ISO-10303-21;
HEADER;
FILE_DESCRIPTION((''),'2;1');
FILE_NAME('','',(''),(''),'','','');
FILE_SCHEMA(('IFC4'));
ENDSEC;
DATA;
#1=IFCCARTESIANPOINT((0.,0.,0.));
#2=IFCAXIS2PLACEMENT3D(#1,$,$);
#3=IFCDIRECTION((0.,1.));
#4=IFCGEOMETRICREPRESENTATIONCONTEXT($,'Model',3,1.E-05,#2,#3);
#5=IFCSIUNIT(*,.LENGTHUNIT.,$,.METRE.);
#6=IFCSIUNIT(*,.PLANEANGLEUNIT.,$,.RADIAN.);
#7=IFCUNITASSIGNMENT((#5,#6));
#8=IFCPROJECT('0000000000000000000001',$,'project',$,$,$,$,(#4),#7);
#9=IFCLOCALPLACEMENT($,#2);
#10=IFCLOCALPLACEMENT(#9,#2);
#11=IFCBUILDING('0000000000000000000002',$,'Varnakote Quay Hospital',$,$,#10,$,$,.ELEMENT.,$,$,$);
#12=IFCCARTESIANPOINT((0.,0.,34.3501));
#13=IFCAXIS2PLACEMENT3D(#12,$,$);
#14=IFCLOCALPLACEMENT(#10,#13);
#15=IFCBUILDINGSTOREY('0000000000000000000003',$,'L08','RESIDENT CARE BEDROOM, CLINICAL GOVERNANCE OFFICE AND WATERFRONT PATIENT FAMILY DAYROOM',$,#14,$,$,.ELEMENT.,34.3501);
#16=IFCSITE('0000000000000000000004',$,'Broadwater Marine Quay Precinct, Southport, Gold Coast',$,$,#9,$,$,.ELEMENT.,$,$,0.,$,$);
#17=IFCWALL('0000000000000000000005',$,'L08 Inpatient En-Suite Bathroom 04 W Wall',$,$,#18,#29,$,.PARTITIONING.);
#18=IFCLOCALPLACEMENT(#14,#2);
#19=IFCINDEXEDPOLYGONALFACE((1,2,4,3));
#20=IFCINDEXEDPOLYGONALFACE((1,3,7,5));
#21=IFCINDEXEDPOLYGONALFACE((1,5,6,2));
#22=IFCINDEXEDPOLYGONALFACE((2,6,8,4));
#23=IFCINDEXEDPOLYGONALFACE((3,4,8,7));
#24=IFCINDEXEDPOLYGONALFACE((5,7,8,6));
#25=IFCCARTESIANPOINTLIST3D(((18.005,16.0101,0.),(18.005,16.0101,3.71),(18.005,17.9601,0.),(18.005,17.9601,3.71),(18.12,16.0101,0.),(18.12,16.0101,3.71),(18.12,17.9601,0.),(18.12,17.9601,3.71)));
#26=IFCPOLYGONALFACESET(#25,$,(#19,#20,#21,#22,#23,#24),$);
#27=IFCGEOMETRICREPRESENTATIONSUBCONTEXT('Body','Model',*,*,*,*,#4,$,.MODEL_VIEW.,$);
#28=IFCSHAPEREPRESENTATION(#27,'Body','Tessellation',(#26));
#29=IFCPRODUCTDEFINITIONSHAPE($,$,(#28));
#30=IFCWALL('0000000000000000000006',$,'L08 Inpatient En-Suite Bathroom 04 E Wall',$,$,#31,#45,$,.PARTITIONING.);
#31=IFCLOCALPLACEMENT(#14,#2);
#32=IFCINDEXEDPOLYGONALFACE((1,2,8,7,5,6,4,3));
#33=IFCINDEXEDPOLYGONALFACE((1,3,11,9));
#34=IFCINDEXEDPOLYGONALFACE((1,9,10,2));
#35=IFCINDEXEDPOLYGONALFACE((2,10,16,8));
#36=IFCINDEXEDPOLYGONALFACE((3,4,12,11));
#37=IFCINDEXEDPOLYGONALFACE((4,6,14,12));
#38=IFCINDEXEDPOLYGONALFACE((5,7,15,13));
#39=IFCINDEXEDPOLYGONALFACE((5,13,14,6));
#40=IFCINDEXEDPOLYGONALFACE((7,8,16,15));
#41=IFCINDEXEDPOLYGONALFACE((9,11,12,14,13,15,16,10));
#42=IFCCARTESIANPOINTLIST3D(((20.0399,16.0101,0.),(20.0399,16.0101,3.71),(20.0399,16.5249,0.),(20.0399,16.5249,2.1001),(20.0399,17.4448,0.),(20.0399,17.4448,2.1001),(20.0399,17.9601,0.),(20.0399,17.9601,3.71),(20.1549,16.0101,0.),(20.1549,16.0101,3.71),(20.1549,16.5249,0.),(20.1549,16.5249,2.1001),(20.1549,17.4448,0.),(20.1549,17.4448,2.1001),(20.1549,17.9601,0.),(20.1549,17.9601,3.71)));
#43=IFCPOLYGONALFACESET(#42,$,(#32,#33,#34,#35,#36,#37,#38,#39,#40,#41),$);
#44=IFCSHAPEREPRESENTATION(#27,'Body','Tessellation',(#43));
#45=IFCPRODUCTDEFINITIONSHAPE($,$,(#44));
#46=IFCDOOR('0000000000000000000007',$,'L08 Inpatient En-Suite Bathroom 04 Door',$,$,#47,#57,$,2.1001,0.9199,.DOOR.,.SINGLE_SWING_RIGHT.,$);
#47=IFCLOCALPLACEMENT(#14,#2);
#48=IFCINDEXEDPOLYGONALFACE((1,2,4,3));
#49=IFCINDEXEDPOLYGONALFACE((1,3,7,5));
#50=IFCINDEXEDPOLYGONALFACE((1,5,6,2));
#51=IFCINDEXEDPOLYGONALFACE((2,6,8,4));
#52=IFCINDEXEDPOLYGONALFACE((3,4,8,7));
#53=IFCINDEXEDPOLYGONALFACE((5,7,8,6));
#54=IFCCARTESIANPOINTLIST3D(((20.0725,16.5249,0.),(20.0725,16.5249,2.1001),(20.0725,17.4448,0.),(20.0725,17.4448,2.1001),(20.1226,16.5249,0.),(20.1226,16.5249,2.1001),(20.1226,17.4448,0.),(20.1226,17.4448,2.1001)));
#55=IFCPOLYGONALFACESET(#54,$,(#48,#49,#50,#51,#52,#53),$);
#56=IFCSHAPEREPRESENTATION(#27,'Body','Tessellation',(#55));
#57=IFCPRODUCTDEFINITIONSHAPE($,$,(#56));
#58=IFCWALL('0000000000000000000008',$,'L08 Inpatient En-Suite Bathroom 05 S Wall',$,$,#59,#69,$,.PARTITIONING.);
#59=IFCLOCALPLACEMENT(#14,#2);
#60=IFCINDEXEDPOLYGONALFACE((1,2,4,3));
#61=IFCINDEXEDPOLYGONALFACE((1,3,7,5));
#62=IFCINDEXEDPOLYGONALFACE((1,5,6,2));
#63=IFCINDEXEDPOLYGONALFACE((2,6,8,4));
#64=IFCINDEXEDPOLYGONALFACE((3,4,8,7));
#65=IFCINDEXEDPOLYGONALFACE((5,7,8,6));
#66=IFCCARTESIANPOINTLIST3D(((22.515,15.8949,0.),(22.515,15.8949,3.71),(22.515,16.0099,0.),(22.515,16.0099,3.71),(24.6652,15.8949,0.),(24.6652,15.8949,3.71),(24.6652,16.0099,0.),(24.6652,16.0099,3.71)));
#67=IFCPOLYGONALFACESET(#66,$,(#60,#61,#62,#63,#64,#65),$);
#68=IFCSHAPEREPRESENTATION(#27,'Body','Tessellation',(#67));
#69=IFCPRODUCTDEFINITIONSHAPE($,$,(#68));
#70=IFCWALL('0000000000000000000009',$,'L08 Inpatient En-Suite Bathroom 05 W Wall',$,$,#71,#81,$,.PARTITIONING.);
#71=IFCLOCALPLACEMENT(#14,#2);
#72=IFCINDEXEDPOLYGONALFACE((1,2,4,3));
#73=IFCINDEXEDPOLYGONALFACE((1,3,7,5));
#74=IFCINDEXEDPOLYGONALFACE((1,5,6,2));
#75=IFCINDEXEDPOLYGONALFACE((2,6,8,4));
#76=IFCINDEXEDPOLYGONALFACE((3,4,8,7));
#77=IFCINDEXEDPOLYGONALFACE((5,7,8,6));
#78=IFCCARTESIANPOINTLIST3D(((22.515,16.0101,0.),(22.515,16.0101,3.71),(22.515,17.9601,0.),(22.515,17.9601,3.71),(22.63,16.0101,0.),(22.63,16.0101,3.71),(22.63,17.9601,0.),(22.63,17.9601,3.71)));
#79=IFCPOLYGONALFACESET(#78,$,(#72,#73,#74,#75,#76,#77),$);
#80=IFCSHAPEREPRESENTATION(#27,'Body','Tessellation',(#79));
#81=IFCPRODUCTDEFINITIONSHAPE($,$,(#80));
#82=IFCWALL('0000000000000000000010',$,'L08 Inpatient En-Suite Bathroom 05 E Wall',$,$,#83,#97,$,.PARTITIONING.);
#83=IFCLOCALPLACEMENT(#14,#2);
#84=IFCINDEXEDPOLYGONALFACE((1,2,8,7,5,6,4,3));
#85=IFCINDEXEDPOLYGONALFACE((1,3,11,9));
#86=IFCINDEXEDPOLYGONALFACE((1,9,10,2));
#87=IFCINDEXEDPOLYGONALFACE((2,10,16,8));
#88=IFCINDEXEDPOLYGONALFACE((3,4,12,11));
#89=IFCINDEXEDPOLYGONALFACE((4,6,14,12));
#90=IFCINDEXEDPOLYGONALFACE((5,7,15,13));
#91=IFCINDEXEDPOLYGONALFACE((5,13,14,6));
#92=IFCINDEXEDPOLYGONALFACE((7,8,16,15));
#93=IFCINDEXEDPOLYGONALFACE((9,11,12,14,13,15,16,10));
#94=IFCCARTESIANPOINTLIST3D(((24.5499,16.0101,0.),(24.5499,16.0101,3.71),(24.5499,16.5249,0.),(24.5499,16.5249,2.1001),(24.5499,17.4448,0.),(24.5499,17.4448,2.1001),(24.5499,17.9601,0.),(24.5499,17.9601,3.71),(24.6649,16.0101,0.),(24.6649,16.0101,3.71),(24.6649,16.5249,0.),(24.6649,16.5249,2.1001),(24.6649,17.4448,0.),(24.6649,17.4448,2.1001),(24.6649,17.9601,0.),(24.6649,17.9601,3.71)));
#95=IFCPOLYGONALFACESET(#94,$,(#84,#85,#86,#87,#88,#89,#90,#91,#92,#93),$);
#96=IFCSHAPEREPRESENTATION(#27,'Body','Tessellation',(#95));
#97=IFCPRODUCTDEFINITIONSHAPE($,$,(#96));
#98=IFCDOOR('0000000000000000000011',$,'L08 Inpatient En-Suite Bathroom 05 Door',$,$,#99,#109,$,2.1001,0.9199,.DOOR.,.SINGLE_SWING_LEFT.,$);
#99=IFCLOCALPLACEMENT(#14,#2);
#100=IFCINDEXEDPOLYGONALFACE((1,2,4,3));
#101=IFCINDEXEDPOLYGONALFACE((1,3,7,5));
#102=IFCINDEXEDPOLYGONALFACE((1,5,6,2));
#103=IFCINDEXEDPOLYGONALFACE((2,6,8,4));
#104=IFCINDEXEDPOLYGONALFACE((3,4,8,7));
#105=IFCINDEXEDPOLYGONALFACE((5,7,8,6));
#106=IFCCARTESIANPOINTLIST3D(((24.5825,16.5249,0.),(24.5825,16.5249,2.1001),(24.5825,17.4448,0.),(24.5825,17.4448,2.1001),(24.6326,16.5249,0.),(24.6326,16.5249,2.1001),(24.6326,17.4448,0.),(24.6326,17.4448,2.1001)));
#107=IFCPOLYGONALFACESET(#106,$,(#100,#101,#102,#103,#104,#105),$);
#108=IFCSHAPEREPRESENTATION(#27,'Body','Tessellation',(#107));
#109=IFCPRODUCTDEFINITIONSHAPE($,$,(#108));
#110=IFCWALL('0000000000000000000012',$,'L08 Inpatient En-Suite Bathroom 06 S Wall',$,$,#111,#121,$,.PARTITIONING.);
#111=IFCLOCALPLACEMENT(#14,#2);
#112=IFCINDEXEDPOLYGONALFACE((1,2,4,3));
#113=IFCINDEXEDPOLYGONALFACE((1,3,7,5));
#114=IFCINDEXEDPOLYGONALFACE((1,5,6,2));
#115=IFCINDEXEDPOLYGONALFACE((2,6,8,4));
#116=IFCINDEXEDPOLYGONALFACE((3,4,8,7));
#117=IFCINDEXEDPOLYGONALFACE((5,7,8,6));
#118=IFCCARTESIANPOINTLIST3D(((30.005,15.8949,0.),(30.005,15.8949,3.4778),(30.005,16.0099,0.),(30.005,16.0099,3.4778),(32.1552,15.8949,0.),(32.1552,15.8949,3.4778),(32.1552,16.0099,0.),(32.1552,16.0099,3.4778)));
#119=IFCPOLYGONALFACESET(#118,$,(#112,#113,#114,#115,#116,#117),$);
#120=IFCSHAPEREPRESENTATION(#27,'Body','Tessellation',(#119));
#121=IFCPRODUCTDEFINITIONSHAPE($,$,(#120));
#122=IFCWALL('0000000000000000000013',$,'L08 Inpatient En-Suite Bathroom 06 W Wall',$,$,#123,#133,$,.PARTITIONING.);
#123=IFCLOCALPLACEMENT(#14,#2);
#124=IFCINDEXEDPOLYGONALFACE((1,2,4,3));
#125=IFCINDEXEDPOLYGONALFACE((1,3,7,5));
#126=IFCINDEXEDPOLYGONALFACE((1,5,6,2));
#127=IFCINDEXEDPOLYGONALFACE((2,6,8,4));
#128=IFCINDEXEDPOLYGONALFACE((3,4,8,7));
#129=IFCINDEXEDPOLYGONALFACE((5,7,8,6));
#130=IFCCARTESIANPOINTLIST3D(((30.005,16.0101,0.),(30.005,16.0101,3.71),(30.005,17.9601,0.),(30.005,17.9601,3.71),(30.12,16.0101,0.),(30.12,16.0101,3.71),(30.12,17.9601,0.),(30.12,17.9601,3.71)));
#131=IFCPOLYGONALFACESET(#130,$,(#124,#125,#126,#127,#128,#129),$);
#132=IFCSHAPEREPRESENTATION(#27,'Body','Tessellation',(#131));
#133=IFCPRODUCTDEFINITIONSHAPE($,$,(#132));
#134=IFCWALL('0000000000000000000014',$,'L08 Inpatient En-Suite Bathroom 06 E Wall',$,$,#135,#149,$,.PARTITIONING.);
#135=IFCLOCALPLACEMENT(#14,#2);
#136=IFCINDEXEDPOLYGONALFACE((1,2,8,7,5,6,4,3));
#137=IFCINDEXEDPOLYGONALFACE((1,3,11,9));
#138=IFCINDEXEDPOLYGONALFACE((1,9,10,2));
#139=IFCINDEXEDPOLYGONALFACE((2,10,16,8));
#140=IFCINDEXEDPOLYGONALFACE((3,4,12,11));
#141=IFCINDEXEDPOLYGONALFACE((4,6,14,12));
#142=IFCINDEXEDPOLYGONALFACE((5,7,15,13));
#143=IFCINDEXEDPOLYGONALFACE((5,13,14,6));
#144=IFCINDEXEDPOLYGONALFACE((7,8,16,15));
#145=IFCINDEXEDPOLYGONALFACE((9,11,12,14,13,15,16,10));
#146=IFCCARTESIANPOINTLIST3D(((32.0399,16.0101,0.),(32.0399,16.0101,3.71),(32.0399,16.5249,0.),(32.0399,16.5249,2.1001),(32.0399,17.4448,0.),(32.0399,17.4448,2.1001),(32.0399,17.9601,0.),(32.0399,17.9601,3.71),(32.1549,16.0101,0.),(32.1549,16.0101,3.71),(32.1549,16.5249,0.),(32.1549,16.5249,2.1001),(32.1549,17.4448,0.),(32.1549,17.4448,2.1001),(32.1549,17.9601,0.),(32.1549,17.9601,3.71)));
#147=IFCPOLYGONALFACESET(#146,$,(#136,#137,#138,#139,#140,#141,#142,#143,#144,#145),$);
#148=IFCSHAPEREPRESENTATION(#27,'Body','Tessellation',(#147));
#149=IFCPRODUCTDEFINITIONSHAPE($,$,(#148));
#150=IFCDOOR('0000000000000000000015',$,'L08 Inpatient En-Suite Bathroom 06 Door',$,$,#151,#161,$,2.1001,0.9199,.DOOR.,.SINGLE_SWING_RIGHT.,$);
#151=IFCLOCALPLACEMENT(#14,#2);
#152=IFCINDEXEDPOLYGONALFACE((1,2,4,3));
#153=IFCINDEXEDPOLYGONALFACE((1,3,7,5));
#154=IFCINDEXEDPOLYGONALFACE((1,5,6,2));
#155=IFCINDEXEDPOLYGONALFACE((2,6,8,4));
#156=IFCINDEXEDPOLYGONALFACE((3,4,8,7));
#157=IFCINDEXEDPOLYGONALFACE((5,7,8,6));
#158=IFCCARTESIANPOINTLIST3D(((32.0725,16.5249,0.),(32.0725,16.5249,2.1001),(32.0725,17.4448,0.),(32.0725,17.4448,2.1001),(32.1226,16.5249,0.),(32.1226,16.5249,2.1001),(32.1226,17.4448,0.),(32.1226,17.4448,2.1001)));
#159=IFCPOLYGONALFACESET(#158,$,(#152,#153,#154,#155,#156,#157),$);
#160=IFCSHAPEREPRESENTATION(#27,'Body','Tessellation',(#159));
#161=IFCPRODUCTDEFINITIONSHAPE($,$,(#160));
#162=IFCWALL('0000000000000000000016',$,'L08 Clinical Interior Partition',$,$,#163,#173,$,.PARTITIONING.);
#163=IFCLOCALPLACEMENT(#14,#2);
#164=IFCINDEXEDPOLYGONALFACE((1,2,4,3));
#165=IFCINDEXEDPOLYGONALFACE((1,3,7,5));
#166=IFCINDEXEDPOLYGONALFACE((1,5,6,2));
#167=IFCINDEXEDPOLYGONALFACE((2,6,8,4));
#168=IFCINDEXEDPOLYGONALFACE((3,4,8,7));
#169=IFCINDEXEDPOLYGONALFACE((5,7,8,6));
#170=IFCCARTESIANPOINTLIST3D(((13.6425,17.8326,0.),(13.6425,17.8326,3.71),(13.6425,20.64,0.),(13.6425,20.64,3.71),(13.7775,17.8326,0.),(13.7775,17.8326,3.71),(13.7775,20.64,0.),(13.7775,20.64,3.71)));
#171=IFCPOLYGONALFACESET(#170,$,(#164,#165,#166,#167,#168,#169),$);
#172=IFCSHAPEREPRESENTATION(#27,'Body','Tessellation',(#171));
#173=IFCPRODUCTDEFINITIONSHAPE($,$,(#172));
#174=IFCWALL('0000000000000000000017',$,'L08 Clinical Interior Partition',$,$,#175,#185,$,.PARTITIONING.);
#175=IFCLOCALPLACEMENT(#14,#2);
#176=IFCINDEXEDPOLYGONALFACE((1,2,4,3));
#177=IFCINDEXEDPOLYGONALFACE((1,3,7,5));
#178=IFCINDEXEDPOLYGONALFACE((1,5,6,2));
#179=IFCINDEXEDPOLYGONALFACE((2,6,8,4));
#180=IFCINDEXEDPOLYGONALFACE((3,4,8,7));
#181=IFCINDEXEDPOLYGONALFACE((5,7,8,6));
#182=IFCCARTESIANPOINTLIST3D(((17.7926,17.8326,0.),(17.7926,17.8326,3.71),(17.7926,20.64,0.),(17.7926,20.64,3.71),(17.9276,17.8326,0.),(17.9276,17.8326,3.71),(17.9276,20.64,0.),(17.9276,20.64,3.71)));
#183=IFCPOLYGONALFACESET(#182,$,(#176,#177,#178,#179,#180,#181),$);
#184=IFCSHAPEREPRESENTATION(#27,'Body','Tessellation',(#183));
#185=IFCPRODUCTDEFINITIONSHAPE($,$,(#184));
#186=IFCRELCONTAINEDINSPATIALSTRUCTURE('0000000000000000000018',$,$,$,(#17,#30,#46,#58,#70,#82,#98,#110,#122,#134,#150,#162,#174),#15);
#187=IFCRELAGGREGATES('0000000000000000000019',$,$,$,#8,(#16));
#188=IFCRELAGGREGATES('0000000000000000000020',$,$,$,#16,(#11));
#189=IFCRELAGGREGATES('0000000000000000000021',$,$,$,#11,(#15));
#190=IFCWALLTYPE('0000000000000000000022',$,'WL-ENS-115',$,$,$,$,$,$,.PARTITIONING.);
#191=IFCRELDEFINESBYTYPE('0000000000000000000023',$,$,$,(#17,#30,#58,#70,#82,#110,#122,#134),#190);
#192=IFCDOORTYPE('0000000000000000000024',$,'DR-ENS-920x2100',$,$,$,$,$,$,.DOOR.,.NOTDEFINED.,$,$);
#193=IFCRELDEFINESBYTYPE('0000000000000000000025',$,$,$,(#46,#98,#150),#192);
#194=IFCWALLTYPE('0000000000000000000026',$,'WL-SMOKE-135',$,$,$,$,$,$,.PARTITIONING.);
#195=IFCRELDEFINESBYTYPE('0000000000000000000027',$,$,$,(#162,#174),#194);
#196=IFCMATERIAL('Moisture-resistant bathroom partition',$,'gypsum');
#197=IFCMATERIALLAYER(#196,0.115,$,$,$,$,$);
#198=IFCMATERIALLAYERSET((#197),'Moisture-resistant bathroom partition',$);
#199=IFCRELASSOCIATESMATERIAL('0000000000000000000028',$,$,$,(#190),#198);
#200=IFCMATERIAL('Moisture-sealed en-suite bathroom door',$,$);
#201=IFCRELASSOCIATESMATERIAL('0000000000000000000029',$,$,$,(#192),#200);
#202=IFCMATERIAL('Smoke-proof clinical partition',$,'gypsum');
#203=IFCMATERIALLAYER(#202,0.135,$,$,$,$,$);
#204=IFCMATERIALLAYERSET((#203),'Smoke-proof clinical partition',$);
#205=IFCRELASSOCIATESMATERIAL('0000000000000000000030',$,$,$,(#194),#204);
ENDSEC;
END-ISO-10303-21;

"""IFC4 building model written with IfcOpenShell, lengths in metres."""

from ifc_helpers import new_model, si_unit, direction, frame, frame_2d, origin, place, context, subcontext, project, spatial, rectangle, extrude, material, layer, layer_set, type_object, element, fill, save


model = new_model("IFC4")

# Units and contexts
model_context = context("Model", 3, precision=1e-05, world=origin(), true_north=direction((0.0, 1.0)))
body_context = subcontext(model_context, "Body", "Model", "MODEL_VIEW")
ifc_project = project(units=[si_unit("LENGTHUNIT", "METRE"), si_unit("PLANEANGLEUNIT", "RADIAN")], contexts=[model_context])

# Site, building, storey
site_placement = place(None, origin())
site = spatial("IfcSite", under=ifc_project, at=site_placement, Name="Broadwater Marine Quay Precinct, Southport, Gold Coast", CompositionType="ELEMENT", RefElevation=0.0)
building_placement = place(site_placement, origin())
building = spatial("IfcBuilding", under=site, at=building_placement, Name="Varnakote Quay Hospital", CompositionType="ELEMENT")
storey_placement = place(building_placement, frame((0.0, 0.0, 34.3501)))
storey = spatial("IfcBuildingStorey", under=building, at=storey_placement, Name="L08", Description="RESIDENT CARE BEDROOM, CLINICAL GOVERNANCE OFFICE AND WATERFRONT PATIENT FAMILY DAYROOM", CompositionType="ELEMENT", Elevation=34.3501)

# Shared definitions
ifc_material_1 = material(Name="Moisture-resistant bathroom partition", Category="gypsum")
ifc_layer_1 = layer(ifc_material_1, 0.115)
ifc_layer_set_1 = layer_set([ifc_layer_1], Name="Moisture-resistant bathroom partition")
wall_type_1 = type_object("IfcWallType", Name="WL-ENS-115", PredefinedType="PARTITIONING", material=ifc_layer_set_1)

# Shared definitions
ifc_material_2 = material(Name="Moisture-sealed en-suite bathroom door")
door_type_1 = type_object("IfcDoorType", Name="DR-ENS-920x2100", OperationType="NOTDEFINED", PredefinedType="DOOR", material=ifc_material_2)

# Wall
wall_1_placement = place(storey_placement, frame((18.0625, 16.01, 0.0), z_axis=(0.0, 0.0, 1.0), x_axis=(0.0, 1.0, 0.0)))
element("IfcWall", 1, at=wall_1_placement, inside=storey, type_object=wall_type_1, Name="L08 Inpatient En-Suite Bathroom 04 W Wall", PredefinedType="PARTITIONING", context=body_context, shape_type="SweptSolid", body=[
    extrude(rectangle(XDim=1.95, YDim=0.115, at=frame_2d((0.9751, 0.0))), origin(), (0.0, 0.0, 1.0), 3.71),
])

# Wall, opening, door
wall_2_placement = place(storey_placement, frame((20.0974, 16.01, 0.0), z_axis=(0.0, 0.0, 1.0), x_axis=(0.0, 1.0, 0.0)))
wall_2 = element("IfcWall", 2, at=wall_2_placement, inside=storey, type_object=wall_type_1, Name="L08 Inpatient En-Suite Bathroom 04 E Wall", PredefinedType="PARTITIONING", context=body_context, shape_type="SweptSolid", body=[
    extrude(rectangle(XDim=1.95, YDim=0.115, at=frame_2d((0.9751, 0.0))), origin(), (0.0, 0.0, 1.0), 3.71),
])
opening_1_placement = place(wall_2_placement, frame((0.5149, 0.0, 0.0)))
opening_1 = element("IfcOpeningElement", 3, at=opening_1_placement, cuts=wall_2, PredefinedType="OPENING", context=body_context, shape_type="SweptSolid", body=[
    extrude(rectangle(XDim=0.9199, YDim=2.1001, at=frame_2d((0.46, 1.05))), frame((0.0, 0.0674, 0.0), z_axis=(0.0, -1.0, 0.0), x_axis=(1.0, 0.0, 0.0)), (0.0, 0.0, 1.0), 0.135),
])
door_1_placement = place(opening_1_placement, origin())
door_1 = element("IfcDoor", 4, at=door_1_placement, inside=storey, type_object=door_type_1, Name="L08 Inpatient En-Suite Bathroom 04 Door", OperationType="SINGLE_SWING_RIGHT", OverallHeight=2.1001, OverallWidth=0.9199, PredefinedType="DOOR", context=body_context, shape_type="SweptSolid", body=[
    extrude(rectangle(XDim=0.9199, YDim=2.1001, at=frame_2d((0.46, 1.05))), frame((0.0, 0.0249, 0.0), z_axis=(0.0, -1.0, 0.0), x_axis=(1.0, 0.0, 0.0)), (0.0, 0.0, 1.0), 0.05),
])
fill(opening_1, door_1)

# Walls
wall_3_placement = place(storey_placement, frame((22.5149, 15.9524, 0.0), z_axis=(0.0, 0.0, 1.0), x_axis=(1.0, 0.0, 0.0)))
element("IfcWall", 5, at=wall_3_placement, inside=storey, type_object=wall_type_1, Name="L08 Inpatient En-Suite Bathroom 05 S Wall", PredefinedType="PARTITIONING", context=body_context, shape_type="SweptSolid", body=[
    extrude(rectangle(XDim=2.1501, YDim=0.115, at=frame_2d((1.0752, 0.0))), origin(), (0.0, 0.0, 1.0), 3.71),
])
wall_4_placement = place(storey_placement, frame((22.5725, 16.01, 0.0), z_axis=(0.0, 0.0, 1.0), x_axis=(0.0, 1.0, 0.0)))
element("IfcWall", 6, at=wall_4_placement, inside=storey, type_object=wall_type_1, Name="L08 Inpatient En-Suite Bathroom 05 W Wall", PredefinedType="PARTITIONING", context=body_context, shape_type="SweptSolid", body=[
    extrude(rectangle(XDim=1.95, YDim=0.115, at=frame_2d((0.9751, 0.0))), origin(), (0.0, 0.0, 1.0), 3.71),
])

# Wall, opening, door
wall_5_placement = place(storey_placement, frame((24.6074, 16.01, 0.0), z_axis=(0.0, 0.0, 1.0), x_axis=(0.0, 1.0, 0.0)))
wall_5 = element("IfcWall", 7, at=wall_5_placement, inside=storey, type_object=wall_type_1, Name="L08 Inpatient En-Suite Bathroom 05 E Wall", PredefinedType="PARTITIONING", context=body_context, shape_type="SweptSolid", body=[
    extrude(rectangle(XDim=1.95, YDim=0.115, at=frame_2d((0.9751, 0.0))), origin(), (0.0, 0.0, 1.0), 3.71),
])
opening_2_placement = place(wall_5_placement, frame((0.5149, 0.0, 0.0)))
opening_2 = element("IfcOpeningElement", 8, at=opening_2_placement, cuts=wall_5, PredefinedType="OPENING", context=body_context, shape_type="SweptSolid", body=[
    extrude(rectangle(XDim=0.9199, YDim=2.1001, at=frame_2d((0.46, 1.05))), frame((0.0, 0.0674, 0.0), z_axis=(0.0, -1.0, 0.0), x_axis=(1.0, 0.0, 0.0)), (0.0, 0.0, 1.0), 0.135),
])
door_2_placement = place(opening_2_placement, origin())
door_2 = element("IfcDoor", 9, at=door_2_placement, inside=storey, type_object=door_type_1, Name="L08 Inpatient En-Suite Bathroom 05 Door", OperationType="SINGLE_SWING_LEFT", OverallHeight=2.1001, OverallWidth=0.9199, PredefinedType="DOOR", context=body_context, shape_type="SweptSolid", body=[
    extrude(rectangle(XDim=0.9199, YDim=2.1001, at=frame_2d((0.46, 1.05))), frame((0.0, 0.0249, 0.0), z_axis=(0.0, -1.0, 0.0), x_axis=(1.0, 0.0, 0.0)), (0.0, 0.0, 1.0), 0.05),
])
fill(opening_2, door_2)

# Walls
wall_6_placement = place(storey_placement, frame((30.0049, 15.9524, 0.0), z_axis=(0.0, 0.0, 1.0), x_axis=(1.0, 0.0, 0.0)))
element("IfcWall", 10, at=wall_6_placement, inside=storey, type_object=wall_type_1, Name="L08 Inpatient En-Suite Bathroom 06 S Wall", PredefinedType="PARTITIONING", context=body_context, shape_type="SweptSolid", body=[
    extrude(rectangle(XDim=2.1501, YDim=0.115, at=frame_2d((1.0752, 0.0))), origin(), (0.0, 0.0, 1.0), 3.4778),
])
wall_7_placement = place(storey_placement, frame((30.0625, 16.01, 0.0), z_axis=(0.0, 0.0, 1.0), x_axis=(0.0, 1.0, 0.0)))
element("IfcWall", 11, at=wall_7_placement, inside=storey, type_object=wall_type_1, Name="L08 Inpatient En-Suite Bathroom 06 W Wall", PredefinedType="PARTITIONING", context=body_context, shape_type="SweptSolid", body=[
    extrude(rectangle(XDim=1.95, YDim=0.115, at=frame_2d((0.9751, 0.0))), origin(), (0.0, 0.0, 1.0), 3.71),
])

# Wall, opening, door
wall_8_placement = place(storey_placement, frame((32.0974, 16.01, 0.0), z_axis=(0.0, 0.0, 1.0), x_axis=(0.0, 1.0, 0.0)))
wall_8 = element("IfcWall", 12, at=wall_8_placement, inside=storey, type_object=wall_type_1, Name="L08 Inpatient En-Suite Bathroom 06 E Wall", PredefinedType="PARTITIONING", context=body_context, shape_type="SweptSolid", body=[
    extrude(rectangle(XDim=1.95, YDim=0.115, at=frame_2d((0.9751, 0.0))), origin(), (0.0, 0.0, 1.0), 3.71),
])
opening_3_placement = place(wall_8_placement, frame((0.5149, 0.0, 0.0)))
opening_3 = element("IfcOpeningElement", 13, at=opening_3_placement, cuts=wall_8, PredefinedType="OPENING", context=body_context, shape_type="SweptSolid", body=[
    extrude(rectangle(XDim=0.9199, YDim=2.1001, at=frame_2d((0.46, 1.05))), frame((0.0, 0.0674, 0.0), z_axis=(0.0, -1.0, 0.0), x_axis=(1.0, 0.0, 0.0)), (0.0, 0.0, 1.0), 0.135),
])
door_3_placement = place(opening_3_placement, origin())
door_3 = element("IfcDoor", 14, at=door_3_placement, inside=storey, type_object=door_type_1, Name="L08 Inpatient En-Suite Bathroom 06 Door", OperationType="SINGLE_SWING_RIGHT", OverallHeight=2.1001, OverallWidth=0.9199, PredefinedType="DOOR", context=body_context, shape_type="SweptSolid", body=[
    extrude(rectangle(XDim=0.9199, YDim=2.1001, at=frame_2d((0.46, 1.05))), frame((0.0, 0.0249, 0.0), z_axis=(0.0, -1.0, 0.0), x_axis=(1.0, 0.0, 0.0)), (0.0, 0.0, 1.0), 0.05),
])
fill(opening_3, door_3)

# Walls
ifc_material_3 = material(Name="Smoke-proof clinical partition", Category="gypsum")
ifc_layer_2 = layer(ifc_material_3, 0.135)
ifc_layer_set_2 = layer_set([ifc_layer_2], Name="Smoke-proof clinical partition")
wall_type_2 = type_object("IfcWallType", Name="WL-SMOKE-135", PredefinedType="PARTITIONING", material=ifc_layer_set_2)
for number, where, z_axis, x_axis, name in (
    (15, (13.71, 17.8325, 0.0), (0.0, 0.0, 1.0), (0.0, 1.0, 0.0), "L08 Clinical Interior Partition"),
    (16, (17.8601, 17.8325, 0.0), (0.0, 0.0, 1.0), (0.0, 1.0, 0.0), "L08 Clinical Interior Partition"),
):
    element("IfcWall", number, at=place(storey_placement, frame(where, z_axis=z_axis, x_axis=x_axis)), inside=storey, type_object=wall_type_2, Name=name, PredefinedType="PARTITIONING", context=body_context, shape_type="SweptSolid", body=[
        extrude(rectangle(XDim=2.8074, YDim=0.135, at=frame_2d((1.4038, 0.0))), origin(), (0.0, 0.0, 1.0), 3.71),
    ])

save(model, "model.ifc")
